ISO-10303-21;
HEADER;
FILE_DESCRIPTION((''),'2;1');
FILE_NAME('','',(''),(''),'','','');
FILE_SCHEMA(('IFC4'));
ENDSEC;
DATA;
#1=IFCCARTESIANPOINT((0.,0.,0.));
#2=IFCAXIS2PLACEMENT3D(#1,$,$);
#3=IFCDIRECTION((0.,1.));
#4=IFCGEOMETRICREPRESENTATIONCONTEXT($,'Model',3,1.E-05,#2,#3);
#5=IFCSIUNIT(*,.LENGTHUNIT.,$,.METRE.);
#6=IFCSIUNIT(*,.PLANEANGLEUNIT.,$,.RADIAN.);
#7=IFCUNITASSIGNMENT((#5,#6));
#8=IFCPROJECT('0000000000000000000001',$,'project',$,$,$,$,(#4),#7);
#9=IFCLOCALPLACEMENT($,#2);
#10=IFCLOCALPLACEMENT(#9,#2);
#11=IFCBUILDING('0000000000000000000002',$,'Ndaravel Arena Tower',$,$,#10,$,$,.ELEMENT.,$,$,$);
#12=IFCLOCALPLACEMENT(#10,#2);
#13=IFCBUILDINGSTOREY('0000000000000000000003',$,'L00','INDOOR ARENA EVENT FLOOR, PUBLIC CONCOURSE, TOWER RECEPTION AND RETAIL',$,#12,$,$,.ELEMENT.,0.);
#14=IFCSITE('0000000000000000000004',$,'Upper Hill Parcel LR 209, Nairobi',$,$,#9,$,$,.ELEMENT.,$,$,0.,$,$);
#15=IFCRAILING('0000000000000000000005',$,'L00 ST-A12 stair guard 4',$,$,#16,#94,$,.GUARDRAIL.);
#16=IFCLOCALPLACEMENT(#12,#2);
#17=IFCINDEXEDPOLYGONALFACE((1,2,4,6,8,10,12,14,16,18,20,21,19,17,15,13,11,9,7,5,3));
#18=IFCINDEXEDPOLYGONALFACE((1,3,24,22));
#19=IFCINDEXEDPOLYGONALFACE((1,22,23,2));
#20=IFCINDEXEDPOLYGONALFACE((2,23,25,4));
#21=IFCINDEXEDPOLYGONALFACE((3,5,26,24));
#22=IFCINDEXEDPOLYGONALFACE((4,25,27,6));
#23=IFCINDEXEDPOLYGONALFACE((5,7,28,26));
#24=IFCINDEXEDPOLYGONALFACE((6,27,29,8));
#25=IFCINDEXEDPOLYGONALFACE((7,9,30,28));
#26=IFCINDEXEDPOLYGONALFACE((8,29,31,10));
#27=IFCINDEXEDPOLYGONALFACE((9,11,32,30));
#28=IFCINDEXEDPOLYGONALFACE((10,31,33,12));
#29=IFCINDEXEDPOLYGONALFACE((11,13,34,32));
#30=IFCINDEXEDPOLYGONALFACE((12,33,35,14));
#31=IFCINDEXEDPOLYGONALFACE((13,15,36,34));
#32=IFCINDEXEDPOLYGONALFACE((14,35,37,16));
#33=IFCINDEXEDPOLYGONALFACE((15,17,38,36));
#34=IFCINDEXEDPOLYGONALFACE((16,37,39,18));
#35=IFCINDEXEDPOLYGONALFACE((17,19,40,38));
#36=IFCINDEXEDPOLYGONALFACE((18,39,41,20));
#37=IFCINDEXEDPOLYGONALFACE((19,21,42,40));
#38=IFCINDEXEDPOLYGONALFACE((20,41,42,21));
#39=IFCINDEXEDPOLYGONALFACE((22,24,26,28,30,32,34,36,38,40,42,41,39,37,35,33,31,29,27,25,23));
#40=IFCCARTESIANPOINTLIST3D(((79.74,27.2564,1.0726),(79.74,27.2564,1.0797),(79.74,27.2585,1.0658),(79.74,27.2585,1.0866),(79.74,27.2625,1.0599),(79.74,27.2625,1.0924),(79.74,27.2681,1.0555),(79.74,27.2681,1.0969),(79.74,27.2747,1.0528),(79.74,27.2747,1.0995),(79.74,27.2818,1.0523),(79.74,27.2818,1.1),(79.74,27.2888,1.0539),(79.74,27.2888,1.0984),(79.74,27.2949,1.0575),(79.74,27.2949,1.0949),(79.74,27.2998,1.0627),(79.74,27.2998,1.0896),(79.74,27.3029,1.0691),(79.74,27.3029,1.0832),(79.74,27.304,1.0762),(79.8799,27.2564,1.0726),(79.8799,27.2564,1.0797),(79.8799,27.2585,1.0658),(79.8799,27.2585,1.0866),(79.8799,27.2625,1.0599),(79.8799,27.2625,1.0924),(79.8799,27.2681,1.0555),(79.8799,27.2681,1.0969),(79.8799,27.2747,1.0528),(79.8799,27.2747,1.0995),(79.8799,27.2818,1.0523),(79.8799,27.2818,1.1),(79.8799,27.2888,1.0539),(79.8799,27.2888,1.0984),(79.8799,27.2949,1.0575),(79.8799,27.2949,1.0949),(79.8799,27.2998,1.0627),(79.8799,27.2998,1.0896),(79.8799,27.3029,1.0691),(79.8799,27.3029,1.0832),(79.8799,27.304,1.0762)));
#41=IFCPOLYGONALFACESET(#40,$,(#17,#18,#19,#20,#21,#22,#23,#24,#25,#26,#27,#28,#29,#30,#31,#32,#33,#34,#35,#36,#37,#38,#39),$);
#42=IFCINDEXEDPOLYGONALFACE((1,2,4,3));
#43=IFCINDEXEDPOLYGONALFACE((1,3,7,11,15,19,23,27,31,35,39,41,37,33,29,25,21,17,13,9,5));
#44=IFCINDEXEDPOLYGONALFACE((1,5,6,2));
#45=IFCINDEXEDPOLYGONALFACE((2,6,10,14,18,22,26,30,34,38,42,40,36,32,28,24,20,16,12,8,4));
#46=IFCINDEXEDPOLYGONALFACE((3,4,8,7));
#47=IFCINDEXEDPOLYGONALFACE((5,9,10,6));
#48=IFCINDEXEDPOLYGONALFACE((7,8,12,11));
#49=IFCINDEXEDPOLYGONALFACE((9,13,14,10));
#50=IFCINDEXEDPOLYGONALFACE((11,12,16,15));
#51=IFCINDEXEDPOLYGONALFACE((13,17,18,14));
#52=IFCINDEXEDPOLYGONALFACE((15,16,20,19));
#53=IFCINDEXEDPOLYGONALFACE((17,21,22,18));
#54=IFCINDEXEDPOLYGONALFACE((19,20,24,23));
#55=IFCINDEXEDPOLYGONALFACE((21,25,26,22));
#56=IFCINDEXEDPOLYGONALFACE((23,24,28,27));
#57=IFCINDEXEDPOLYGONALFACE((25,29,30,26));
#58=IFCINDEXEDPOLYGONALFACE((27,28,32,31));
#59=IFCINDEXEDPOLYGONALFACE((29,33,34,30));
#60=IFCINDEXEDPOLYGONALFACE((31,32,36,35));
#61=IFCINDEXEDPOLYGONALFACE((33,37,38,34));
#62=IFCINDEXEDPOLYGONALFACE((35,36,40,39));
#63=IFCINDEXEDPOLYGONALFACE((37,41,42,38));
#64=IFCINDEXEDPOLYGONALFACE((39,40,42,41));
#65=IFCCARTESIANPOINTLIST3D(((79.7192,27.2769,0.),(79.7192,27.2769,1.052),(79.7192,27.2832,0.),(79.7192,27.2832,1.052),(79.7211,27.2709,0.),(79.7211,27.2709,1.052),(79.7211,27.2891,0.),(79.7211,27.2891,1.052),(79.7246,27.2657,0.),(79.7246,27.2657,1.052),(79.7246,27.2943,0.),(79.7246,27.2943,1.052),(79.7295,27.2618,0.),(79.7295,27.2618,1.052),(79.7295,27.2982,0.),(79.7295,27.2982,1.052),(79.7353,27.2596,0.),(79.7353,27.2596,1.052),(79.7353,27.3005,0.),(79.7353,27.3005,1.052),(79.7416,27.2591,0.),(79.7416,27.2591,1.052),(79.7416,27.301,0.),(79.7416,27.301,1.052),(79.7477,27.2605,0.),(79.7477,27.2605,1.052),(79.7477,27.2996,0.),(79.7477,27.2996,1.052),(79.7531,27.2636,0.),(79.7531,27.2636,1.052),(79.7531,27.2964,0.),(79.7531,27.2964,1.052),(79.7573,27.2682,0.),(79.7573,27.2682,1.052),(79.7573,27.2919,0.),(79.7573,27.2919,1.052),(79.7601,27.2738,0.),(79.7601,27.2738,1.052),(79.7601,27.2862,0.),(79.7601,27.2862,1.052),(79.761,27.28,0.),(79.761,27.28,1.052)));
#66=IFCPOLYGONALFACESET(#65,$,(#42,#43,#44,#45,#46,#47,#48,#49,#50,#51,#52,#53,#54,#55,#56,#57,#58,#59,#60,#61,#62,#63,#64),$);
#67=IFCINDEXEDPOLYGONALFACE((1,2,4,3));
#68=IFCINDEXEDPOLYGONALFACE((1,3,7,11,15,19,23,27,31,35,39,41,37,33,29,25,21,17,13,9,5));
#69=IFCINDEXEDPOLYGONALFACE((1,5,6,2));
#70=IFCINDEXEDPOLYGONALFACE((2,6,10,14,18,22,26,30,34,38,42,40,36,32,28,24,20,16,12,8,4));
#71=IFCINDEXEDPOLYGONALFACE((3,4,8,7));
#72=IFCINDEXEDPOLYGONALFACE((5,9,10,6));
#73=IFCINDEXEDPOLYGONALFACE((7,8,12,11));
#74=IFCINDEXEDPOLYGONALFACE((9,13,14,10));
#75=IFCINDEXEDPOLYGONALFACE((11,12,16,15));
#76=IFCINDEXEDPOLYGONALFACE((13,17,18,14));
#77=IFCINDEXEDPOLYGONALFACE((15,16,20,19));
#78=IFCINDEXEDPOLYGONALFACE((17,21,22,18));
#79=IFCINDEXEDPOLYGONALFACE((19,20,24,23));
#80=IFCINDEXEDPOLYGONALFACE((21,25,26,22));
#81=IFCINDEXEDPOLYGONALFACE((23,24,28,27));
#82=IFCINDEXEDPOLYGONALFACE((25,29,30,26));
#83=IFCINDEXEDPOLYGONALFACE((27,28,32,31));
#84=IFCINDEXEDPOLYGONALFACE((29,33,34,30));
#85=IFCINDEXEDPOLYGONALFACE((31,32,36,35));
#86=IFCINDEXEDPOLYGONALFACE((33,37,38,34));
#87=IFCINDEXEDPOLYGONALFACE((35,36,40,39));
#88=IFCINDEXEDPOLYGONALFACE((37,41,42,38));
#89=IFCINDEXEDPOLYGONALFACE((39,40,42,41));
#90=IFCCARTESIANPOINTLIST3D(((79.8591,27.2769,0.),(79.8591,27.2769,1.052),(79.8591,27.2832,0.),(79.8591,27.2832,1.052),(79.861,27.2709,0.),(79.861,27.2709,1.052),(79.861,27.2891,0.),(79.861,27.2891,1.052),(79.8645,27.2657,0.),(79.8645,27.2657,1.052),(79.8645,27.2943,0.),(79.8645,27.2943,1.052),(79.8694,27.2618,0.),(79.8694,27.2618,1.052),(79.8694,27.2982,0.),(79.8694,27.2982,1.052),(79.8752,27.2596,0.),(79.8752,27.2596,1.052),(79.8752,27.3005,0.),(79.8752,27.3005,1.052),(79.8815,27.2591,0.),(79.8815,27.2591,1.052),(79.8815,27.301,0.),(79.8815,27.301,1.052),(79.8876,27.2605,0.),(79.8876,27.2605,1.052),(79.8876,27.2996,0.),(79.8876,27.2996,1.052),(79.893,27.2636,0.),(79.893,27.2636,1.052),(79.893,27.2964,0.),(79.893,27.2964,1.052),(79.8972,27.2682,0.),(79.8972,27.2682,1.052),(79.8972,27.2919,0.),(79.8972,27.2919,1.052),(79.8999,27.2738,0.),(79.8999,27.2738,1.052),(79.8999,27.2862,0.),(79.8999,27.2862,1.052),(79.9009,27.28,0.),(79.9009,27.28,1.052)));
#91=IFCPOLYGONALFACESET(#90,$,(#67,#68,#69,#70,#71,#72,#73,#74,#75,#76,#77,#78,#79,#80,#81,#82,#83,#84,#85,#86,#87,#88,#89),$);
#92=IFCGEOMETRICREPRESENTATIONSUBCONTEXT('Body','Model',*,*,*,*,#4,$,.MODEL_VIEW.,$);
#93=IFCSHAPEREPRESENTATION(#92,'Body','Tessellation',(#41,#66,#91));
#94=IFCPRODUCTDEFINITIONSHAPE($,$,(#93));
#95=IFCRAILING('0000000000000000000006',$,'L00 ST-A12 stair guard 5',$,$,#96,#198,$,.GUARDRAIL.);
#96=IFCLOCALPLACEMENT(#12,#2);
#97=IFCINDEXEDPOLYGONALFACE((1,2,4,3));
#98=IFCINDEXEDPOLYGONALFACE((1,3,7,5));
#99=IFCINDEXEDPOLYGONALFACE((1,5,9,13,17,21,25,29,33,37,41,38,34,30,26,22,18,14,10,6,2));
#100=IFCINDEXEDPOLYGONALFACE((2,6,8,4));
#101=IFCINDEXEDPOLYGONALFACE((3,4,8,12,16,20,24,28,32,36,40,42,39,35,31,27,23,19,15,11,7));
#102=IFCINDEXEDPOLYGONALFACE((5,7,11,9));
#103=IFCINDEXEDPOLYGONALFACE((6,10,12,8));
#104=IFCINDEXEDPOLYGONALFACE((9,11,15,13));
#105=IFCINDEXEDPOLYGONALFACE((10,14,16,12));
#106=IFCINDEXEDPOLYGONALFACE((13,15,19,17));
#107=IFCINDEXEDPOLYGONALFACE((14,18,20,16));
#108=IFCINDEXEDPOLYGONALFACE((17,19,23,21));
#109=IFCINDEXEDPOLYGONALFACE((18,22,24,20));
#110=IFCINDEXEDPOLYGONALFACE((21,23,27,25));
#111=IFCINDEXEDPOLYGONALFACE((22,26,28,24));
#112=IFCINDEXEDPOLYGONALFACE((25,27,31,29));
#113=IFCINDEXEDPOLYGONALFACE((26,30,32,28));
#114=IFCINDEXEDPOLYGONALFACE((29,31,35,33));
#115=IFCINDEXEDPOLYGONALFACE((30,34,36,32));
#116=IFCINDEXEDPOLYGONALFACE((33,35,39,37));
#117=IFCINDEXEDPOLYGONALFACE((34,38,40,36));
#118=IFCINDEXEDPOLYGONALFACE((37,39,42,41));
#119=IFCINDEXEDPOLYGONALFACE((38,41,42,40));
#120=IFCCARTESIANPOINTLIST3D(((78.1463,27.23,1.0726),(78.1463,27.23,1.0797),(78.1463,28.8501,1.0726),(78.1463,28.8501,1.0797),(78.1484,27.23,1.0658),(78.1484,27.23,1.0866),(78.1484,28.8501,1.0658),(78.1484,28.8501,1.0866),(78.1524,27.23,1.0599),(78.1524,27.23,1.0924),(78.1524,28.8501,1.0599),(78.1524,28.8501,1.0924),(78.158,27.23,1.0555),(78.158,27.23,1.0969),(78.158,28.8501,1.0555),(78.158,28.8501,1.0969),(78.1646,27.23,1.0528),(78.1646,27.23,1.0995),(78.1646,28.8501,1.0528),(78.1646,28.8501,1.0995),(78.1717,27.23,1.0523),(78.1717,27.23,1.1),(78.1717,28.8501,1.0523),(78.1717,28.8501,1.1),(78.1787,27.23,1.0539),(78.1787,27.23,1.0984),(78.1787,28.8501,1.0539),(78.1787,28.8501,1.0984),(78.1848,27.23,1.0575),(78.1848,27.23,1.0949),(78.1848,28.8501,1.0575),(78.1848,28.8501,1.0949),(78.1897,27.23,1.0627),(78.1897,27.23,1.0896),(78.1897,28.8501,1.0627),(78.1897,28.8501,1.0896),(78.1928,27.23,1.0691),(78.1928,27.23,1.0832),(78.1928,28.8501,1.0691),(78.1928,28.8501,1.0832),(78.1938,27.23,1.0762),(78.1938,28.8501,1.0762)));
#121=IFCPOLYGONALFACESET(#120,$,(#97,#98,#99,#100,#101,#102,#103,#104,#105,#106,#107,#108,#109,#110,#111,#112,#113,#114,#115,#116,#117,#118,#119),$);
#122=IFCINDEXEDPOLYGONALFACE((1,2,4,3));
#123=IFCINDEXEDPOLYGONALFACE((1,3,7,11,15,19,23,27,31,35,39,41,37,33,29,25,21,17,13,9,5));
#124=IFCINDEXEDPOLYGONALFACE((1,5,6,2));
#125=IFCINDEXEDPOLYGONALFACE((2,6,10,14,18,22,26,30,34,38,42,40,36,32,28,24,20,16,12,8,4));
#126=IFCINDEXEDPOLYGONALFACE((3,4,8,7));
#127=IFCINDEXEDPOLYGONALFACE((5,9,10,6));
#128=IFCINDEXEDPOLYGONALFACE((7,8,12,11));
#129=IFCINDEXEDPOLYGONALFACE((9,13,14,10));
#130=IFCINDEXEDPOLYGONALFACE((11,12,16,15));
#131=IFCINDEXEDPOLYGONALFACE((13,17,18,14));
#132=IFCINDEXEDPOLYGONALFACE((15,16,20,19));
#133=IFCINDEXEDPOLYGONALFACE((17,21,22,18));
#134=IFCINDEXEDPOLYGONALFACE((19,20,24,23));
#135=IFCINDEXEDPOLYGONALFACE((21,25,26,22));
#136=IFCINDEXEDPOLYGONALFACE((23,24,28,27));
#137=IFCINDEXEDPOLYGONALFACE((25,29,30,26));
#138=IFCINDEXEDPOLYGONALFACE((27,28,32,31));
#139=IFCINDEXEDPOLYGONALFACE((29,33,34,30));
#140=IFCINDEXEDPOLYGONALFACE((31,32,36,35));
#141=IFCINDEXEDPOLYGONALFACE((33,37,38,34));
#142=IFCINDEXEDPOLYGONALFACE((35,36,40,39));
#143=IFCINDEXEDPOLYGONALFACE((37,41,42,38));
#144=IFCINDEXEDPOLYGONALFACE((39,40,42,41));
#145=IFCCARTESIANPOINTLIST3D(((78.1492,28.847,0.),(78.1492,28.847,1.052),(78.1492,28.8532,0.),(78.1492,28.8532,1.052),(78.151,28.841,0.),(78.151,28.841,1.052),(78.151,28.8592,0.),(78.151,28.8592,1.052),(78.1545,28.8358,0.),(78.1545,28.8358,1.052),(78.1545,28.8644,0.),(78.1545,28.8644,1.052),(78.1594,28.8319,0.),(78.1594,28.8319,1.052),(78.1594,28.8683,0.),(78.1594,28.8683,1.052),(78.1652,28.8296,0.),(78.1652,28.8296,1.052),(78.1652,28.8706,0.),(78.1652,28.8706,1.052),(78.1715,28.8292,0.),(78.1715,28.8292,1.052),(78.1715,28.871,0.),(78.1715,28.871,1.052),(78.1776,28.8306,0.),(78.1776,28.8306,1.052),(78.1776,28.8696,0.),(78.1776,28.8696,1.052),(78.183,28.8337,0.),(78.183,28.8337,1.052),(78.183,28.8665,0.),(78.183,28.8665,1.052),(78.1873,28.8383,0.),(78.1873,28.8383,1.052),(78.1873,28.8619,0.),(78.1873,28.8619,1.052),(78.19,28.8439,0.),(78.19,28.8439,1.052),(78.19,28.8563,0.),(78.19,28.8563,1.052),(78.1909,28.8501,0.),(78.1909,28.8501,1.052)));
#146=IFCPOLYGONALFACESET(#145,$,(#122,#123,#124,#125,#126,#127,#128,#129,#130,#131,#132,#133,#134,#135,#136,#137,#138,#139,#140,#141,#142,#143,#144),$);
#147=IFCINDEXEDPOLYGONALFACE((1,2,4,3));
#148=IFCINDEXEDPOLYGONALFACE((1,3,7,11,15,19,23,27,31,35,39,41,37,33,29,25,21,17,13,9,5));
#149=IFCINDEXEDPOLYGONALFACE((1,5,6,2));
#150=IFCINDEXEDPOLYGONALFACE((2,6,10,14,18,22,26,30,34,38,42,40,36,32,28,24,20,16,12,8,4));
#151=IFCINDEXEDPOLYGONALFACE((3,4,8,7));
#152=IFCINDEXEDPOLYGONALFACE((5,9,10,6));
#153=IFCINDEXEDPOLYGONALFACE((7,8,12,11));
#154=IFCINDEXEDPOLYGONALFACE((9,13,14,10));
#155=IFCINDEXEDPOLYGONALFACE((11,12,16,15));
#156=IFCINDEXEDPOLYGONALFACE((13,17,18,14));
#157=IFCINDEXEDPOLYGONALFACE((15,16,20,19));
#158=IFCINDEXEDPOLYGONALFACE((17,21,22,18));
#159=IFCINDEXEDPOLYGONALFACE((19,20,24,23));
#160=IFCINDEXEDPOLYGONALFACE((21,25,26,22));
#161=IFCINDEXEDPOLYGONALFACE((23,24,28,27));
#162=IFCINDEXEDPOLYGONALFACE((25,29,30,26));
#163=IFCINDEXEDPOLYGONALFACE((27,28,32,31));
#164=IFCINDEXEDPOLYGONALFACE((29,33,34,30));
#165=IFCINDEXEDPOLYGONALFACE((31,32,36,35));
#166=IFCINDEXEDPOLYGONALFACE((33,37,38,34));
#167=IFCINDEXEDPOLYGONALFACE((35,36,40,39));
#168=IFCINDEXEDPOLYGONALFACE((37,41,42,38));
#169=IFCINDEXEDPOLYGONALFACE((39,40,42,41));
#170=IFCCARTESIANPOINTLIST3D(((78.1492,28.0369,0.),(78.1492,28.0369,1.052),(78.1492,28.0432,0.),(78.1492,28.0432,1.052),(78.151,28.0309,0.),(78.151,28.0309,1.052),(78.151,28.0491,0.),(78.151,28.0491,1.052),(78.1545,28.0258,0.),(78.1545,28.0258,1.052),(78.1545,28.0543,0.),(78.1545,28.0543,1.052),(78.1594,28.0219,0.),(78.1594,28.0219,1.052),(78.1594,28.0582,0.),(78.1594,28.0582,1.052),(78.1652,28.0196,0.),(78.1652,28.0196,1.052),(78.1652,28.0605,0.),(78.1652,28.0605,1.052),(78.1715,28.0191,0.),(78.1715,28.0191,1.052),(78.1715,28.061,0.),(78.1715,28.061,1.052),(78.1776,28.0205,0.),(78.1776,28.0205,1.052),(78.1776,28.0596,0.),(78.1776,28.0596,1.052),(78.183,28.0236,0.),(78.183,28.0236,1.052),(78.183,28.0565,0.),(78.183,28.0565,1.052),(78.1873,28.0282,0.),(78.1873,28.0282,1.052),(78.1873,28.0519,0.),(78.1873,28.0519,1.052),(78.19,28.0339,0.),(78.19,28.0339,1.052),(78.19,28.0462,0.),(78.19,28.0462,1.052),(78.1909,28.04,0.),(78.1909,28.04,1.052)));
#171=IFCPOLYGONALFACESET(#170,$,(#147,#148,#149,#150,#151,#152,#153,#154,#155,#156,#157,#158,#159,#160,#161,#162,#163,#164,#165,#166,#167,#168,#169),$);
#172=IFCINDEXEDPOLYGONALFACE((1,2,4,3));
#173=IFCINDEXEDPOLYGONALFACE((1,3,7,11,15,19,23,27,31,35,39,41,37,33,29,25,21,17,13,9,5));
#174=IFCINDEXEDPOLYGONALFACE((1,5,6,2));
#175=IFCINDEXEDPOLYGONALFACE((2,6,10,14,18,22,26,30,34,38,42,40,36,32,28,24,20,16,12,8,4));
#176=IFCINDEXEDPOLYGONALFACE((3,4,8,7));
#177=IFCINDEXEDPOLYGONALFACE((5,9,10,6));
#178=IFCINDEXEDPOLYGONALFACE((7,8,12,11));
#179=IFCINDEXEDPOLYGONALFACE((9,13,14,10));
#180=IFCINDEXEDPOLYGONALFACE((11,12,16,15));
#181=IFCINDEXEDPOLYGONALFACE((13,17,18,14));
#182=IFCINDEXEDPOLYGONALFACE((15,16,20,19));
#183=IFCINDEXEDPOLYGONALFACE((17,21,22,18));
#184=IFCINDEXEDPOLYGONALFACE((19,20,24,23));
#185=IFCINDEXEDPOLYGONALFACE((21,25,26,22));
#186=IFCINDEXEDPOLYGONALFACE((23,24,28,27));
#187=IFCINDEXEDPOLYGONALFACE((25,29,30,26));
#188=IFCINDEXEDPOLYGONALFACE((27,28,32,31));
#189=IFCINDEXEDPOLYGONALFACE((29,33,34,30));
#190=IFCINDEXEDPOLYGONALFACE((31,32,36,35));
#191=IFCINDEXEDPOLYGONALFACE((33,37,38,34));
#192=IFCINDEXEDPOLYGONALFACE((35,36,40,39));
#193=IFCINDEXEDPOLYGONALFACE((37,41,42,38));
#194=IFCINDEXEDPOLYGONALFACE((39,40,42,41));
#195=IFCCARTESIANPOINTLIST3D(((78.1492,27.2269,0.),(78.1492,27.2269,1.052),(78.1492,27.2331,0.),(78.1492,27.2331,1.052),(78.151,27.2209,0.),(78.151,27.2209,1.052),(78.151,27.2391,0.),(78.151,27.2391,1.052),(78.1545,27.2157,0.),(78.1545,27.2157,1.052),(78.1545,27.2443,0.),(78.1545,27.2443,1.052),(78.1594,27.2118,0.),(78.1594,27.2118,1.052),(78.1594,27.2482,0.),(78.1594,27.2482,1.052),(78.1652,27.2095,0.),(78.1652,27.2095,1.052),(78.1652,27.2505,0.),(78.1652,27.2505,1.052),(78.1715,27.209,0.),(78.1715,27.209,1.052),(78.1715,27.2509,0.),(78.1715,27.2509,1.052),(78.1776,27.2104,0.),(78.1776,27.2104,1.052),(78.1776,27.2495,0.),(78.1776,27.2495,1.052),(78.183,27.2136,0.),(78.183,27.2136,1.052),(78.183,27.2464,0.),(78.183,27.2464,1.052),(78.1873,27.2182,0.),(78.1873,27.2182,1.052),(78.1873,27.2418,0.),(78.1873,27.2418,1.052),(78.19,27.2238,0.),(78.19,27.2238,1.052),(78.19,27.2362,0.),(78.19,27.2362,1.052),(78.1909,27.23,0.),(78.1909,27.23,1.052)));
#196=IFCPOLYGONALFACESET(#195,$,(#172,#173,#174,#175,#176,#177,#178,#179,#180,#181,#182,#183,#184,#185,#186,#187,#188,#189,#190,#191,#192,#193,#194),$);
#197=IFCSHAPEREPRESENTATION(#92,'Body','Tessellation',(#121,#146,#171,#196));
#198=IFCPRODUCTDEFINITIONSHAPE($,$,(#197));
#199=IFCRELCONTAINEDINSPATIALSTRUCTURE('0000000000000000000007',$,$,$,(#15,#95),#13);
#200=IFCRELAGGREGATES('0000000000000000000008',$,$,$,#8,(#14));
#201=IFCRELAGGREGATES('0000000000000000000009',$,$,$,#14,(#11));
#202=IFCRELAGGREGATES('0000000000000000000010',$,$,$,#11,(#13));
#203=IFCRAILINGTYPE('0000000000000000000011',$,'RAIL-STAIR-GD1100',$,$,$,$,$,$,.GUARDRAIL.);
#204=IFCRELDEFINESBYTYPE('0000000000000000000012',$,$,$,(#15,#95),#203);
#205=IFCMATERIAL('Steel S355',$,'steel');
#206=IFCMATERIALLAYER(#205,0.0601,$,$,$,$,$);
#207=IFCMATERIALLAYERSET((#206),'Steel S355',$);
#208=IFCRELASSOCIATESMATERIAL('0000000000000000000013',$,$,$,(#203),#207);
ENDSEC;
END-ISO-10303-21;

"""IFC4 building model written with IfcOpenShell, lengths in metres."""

from ifc_helpers import new_model, si_unit, direction, frame, origin, origin_2d, place, context, subcontext, project, spatial, circle, extrude, material, layer, layer_set, type_object, element, save


model = new_model("IFC4")

# Units and contexts
model_context = context("Model", 3, precision=1e-05, world=origin(), true_north=direction((0.0, 1.0)))
body_context = subcontext(model_context, "Body", "Model", "MODEL_VIEW")
ifc_project = project(units=[si_unit("LENGTHUNIT", "METRE"), si_unit("PLANEANGLEUNIT", "RADIAN")], contexts=[model_context])

# Site, building, storey
site_placement = place(None, origin())
site = spatial("IfcSite", under=ifc_project, at=site_placement, Name="Upper Hill Parcel LR 209, Nairobi", CompositionType="ELEMENT", RefElevation=0.0)
building_placement = place(site_placement, origin())
building = spatial("IfcBuilding", under=site, at=building_placement, Name="Ndaravel Arena Tower", CompositionType="ELEMENT")
storey_placement = place(building_placement, origin())
storey = spatial("IfcBuildingStorey", under=building, at=storey_placement, Name="L00", Description="INDOOR ARENA EVENT FLOOR, PUBLIC CONCOURSE, TOWER RECEPTION AND RETAIL", CompositionType="ELEMENT", Elevation=0.0)

# Railings
ifc_material_1 = material(Name="Steel S355", Category="steel")
ifc_layer_1 = layer(ifc_material_1, 0.0601)
ifc_layer_set_1 = layer_set([ifc_layer_1], Name="Steel S355")
railing_type_1 = type_object("IfcRailingType", Name="RAIL-STAIR-GD1100", PredefinedType="GUARDRAIL", material=ifc_layer_set_1)
railing_1_placement = place(storey_placement, frame((79.74, 27.28, 0.0)))
element("IfcRailing", 1, at=railing_1_placement, inside=storey, type_object=railing_type_1, Name="L00 ST-A12 stair guard 4", PredefinedType="GUARDRAIL", context=body_context, shape_type="SweptSolid", body=[
    extrude(circle(Radius=0.0239, at=origin_2d()), frame((0.0, 0.0, 1.0762), z_axis=(1.0, 0.0, 0.0), x_axis=(0.0, 1.0, 0.0)), (0.0, 0.0, 1.0), 0.1399),
    extrude(circle(Radius=0.021, at=origin_2d()), origin(), (0.0, 0.0, 1.0), 1.052),
    extrude(circle(Radius=0.021, at=origin_2d()), frame((0.1399, 0.0, 0.0)), (0.0, 0.0, 1.0), 1.052),
])
for number, where, name in (
    (2, (78.1699, 28.8501, 0.0), "L00 ST-A12 stair guard 5"),
):
    element("IfcRailing", number, at=place(storey_placement, frame(where)), inside=storey, type_object=railing_type_1, Name=name, PredefinedType="GUARDRAIL", context=body_context, shape_type="SweptSolid", body=[
        extrude(circle(Radius=0.0239, at=origin_2d()), frame((0.0, 0.0, 1.0762), z_axis=(0.0, -1.0, 0.0), x_axis=(1.0, 0.0, 0.0)), (0.0, 0.0, 1.0), 1.6201),
        extrude(circle(Radius=0.021, at=origin_2d()), origin(), (0.0, 0.0, 1.0), 1.052),
        extrude(circle(Radius=0.021, at=origin_2d()), frame((0.0, -0.8101, 0.0)), (0.0, 0.0, 1.0), 1.052),
        extrude(circle(Radius=0.021, at=origin_2d()), frame((0.0, -1.6201, 0.0)), (0.0, 0.0, 1.0), 1.052),
    ])

save(model, "model.ifc")
